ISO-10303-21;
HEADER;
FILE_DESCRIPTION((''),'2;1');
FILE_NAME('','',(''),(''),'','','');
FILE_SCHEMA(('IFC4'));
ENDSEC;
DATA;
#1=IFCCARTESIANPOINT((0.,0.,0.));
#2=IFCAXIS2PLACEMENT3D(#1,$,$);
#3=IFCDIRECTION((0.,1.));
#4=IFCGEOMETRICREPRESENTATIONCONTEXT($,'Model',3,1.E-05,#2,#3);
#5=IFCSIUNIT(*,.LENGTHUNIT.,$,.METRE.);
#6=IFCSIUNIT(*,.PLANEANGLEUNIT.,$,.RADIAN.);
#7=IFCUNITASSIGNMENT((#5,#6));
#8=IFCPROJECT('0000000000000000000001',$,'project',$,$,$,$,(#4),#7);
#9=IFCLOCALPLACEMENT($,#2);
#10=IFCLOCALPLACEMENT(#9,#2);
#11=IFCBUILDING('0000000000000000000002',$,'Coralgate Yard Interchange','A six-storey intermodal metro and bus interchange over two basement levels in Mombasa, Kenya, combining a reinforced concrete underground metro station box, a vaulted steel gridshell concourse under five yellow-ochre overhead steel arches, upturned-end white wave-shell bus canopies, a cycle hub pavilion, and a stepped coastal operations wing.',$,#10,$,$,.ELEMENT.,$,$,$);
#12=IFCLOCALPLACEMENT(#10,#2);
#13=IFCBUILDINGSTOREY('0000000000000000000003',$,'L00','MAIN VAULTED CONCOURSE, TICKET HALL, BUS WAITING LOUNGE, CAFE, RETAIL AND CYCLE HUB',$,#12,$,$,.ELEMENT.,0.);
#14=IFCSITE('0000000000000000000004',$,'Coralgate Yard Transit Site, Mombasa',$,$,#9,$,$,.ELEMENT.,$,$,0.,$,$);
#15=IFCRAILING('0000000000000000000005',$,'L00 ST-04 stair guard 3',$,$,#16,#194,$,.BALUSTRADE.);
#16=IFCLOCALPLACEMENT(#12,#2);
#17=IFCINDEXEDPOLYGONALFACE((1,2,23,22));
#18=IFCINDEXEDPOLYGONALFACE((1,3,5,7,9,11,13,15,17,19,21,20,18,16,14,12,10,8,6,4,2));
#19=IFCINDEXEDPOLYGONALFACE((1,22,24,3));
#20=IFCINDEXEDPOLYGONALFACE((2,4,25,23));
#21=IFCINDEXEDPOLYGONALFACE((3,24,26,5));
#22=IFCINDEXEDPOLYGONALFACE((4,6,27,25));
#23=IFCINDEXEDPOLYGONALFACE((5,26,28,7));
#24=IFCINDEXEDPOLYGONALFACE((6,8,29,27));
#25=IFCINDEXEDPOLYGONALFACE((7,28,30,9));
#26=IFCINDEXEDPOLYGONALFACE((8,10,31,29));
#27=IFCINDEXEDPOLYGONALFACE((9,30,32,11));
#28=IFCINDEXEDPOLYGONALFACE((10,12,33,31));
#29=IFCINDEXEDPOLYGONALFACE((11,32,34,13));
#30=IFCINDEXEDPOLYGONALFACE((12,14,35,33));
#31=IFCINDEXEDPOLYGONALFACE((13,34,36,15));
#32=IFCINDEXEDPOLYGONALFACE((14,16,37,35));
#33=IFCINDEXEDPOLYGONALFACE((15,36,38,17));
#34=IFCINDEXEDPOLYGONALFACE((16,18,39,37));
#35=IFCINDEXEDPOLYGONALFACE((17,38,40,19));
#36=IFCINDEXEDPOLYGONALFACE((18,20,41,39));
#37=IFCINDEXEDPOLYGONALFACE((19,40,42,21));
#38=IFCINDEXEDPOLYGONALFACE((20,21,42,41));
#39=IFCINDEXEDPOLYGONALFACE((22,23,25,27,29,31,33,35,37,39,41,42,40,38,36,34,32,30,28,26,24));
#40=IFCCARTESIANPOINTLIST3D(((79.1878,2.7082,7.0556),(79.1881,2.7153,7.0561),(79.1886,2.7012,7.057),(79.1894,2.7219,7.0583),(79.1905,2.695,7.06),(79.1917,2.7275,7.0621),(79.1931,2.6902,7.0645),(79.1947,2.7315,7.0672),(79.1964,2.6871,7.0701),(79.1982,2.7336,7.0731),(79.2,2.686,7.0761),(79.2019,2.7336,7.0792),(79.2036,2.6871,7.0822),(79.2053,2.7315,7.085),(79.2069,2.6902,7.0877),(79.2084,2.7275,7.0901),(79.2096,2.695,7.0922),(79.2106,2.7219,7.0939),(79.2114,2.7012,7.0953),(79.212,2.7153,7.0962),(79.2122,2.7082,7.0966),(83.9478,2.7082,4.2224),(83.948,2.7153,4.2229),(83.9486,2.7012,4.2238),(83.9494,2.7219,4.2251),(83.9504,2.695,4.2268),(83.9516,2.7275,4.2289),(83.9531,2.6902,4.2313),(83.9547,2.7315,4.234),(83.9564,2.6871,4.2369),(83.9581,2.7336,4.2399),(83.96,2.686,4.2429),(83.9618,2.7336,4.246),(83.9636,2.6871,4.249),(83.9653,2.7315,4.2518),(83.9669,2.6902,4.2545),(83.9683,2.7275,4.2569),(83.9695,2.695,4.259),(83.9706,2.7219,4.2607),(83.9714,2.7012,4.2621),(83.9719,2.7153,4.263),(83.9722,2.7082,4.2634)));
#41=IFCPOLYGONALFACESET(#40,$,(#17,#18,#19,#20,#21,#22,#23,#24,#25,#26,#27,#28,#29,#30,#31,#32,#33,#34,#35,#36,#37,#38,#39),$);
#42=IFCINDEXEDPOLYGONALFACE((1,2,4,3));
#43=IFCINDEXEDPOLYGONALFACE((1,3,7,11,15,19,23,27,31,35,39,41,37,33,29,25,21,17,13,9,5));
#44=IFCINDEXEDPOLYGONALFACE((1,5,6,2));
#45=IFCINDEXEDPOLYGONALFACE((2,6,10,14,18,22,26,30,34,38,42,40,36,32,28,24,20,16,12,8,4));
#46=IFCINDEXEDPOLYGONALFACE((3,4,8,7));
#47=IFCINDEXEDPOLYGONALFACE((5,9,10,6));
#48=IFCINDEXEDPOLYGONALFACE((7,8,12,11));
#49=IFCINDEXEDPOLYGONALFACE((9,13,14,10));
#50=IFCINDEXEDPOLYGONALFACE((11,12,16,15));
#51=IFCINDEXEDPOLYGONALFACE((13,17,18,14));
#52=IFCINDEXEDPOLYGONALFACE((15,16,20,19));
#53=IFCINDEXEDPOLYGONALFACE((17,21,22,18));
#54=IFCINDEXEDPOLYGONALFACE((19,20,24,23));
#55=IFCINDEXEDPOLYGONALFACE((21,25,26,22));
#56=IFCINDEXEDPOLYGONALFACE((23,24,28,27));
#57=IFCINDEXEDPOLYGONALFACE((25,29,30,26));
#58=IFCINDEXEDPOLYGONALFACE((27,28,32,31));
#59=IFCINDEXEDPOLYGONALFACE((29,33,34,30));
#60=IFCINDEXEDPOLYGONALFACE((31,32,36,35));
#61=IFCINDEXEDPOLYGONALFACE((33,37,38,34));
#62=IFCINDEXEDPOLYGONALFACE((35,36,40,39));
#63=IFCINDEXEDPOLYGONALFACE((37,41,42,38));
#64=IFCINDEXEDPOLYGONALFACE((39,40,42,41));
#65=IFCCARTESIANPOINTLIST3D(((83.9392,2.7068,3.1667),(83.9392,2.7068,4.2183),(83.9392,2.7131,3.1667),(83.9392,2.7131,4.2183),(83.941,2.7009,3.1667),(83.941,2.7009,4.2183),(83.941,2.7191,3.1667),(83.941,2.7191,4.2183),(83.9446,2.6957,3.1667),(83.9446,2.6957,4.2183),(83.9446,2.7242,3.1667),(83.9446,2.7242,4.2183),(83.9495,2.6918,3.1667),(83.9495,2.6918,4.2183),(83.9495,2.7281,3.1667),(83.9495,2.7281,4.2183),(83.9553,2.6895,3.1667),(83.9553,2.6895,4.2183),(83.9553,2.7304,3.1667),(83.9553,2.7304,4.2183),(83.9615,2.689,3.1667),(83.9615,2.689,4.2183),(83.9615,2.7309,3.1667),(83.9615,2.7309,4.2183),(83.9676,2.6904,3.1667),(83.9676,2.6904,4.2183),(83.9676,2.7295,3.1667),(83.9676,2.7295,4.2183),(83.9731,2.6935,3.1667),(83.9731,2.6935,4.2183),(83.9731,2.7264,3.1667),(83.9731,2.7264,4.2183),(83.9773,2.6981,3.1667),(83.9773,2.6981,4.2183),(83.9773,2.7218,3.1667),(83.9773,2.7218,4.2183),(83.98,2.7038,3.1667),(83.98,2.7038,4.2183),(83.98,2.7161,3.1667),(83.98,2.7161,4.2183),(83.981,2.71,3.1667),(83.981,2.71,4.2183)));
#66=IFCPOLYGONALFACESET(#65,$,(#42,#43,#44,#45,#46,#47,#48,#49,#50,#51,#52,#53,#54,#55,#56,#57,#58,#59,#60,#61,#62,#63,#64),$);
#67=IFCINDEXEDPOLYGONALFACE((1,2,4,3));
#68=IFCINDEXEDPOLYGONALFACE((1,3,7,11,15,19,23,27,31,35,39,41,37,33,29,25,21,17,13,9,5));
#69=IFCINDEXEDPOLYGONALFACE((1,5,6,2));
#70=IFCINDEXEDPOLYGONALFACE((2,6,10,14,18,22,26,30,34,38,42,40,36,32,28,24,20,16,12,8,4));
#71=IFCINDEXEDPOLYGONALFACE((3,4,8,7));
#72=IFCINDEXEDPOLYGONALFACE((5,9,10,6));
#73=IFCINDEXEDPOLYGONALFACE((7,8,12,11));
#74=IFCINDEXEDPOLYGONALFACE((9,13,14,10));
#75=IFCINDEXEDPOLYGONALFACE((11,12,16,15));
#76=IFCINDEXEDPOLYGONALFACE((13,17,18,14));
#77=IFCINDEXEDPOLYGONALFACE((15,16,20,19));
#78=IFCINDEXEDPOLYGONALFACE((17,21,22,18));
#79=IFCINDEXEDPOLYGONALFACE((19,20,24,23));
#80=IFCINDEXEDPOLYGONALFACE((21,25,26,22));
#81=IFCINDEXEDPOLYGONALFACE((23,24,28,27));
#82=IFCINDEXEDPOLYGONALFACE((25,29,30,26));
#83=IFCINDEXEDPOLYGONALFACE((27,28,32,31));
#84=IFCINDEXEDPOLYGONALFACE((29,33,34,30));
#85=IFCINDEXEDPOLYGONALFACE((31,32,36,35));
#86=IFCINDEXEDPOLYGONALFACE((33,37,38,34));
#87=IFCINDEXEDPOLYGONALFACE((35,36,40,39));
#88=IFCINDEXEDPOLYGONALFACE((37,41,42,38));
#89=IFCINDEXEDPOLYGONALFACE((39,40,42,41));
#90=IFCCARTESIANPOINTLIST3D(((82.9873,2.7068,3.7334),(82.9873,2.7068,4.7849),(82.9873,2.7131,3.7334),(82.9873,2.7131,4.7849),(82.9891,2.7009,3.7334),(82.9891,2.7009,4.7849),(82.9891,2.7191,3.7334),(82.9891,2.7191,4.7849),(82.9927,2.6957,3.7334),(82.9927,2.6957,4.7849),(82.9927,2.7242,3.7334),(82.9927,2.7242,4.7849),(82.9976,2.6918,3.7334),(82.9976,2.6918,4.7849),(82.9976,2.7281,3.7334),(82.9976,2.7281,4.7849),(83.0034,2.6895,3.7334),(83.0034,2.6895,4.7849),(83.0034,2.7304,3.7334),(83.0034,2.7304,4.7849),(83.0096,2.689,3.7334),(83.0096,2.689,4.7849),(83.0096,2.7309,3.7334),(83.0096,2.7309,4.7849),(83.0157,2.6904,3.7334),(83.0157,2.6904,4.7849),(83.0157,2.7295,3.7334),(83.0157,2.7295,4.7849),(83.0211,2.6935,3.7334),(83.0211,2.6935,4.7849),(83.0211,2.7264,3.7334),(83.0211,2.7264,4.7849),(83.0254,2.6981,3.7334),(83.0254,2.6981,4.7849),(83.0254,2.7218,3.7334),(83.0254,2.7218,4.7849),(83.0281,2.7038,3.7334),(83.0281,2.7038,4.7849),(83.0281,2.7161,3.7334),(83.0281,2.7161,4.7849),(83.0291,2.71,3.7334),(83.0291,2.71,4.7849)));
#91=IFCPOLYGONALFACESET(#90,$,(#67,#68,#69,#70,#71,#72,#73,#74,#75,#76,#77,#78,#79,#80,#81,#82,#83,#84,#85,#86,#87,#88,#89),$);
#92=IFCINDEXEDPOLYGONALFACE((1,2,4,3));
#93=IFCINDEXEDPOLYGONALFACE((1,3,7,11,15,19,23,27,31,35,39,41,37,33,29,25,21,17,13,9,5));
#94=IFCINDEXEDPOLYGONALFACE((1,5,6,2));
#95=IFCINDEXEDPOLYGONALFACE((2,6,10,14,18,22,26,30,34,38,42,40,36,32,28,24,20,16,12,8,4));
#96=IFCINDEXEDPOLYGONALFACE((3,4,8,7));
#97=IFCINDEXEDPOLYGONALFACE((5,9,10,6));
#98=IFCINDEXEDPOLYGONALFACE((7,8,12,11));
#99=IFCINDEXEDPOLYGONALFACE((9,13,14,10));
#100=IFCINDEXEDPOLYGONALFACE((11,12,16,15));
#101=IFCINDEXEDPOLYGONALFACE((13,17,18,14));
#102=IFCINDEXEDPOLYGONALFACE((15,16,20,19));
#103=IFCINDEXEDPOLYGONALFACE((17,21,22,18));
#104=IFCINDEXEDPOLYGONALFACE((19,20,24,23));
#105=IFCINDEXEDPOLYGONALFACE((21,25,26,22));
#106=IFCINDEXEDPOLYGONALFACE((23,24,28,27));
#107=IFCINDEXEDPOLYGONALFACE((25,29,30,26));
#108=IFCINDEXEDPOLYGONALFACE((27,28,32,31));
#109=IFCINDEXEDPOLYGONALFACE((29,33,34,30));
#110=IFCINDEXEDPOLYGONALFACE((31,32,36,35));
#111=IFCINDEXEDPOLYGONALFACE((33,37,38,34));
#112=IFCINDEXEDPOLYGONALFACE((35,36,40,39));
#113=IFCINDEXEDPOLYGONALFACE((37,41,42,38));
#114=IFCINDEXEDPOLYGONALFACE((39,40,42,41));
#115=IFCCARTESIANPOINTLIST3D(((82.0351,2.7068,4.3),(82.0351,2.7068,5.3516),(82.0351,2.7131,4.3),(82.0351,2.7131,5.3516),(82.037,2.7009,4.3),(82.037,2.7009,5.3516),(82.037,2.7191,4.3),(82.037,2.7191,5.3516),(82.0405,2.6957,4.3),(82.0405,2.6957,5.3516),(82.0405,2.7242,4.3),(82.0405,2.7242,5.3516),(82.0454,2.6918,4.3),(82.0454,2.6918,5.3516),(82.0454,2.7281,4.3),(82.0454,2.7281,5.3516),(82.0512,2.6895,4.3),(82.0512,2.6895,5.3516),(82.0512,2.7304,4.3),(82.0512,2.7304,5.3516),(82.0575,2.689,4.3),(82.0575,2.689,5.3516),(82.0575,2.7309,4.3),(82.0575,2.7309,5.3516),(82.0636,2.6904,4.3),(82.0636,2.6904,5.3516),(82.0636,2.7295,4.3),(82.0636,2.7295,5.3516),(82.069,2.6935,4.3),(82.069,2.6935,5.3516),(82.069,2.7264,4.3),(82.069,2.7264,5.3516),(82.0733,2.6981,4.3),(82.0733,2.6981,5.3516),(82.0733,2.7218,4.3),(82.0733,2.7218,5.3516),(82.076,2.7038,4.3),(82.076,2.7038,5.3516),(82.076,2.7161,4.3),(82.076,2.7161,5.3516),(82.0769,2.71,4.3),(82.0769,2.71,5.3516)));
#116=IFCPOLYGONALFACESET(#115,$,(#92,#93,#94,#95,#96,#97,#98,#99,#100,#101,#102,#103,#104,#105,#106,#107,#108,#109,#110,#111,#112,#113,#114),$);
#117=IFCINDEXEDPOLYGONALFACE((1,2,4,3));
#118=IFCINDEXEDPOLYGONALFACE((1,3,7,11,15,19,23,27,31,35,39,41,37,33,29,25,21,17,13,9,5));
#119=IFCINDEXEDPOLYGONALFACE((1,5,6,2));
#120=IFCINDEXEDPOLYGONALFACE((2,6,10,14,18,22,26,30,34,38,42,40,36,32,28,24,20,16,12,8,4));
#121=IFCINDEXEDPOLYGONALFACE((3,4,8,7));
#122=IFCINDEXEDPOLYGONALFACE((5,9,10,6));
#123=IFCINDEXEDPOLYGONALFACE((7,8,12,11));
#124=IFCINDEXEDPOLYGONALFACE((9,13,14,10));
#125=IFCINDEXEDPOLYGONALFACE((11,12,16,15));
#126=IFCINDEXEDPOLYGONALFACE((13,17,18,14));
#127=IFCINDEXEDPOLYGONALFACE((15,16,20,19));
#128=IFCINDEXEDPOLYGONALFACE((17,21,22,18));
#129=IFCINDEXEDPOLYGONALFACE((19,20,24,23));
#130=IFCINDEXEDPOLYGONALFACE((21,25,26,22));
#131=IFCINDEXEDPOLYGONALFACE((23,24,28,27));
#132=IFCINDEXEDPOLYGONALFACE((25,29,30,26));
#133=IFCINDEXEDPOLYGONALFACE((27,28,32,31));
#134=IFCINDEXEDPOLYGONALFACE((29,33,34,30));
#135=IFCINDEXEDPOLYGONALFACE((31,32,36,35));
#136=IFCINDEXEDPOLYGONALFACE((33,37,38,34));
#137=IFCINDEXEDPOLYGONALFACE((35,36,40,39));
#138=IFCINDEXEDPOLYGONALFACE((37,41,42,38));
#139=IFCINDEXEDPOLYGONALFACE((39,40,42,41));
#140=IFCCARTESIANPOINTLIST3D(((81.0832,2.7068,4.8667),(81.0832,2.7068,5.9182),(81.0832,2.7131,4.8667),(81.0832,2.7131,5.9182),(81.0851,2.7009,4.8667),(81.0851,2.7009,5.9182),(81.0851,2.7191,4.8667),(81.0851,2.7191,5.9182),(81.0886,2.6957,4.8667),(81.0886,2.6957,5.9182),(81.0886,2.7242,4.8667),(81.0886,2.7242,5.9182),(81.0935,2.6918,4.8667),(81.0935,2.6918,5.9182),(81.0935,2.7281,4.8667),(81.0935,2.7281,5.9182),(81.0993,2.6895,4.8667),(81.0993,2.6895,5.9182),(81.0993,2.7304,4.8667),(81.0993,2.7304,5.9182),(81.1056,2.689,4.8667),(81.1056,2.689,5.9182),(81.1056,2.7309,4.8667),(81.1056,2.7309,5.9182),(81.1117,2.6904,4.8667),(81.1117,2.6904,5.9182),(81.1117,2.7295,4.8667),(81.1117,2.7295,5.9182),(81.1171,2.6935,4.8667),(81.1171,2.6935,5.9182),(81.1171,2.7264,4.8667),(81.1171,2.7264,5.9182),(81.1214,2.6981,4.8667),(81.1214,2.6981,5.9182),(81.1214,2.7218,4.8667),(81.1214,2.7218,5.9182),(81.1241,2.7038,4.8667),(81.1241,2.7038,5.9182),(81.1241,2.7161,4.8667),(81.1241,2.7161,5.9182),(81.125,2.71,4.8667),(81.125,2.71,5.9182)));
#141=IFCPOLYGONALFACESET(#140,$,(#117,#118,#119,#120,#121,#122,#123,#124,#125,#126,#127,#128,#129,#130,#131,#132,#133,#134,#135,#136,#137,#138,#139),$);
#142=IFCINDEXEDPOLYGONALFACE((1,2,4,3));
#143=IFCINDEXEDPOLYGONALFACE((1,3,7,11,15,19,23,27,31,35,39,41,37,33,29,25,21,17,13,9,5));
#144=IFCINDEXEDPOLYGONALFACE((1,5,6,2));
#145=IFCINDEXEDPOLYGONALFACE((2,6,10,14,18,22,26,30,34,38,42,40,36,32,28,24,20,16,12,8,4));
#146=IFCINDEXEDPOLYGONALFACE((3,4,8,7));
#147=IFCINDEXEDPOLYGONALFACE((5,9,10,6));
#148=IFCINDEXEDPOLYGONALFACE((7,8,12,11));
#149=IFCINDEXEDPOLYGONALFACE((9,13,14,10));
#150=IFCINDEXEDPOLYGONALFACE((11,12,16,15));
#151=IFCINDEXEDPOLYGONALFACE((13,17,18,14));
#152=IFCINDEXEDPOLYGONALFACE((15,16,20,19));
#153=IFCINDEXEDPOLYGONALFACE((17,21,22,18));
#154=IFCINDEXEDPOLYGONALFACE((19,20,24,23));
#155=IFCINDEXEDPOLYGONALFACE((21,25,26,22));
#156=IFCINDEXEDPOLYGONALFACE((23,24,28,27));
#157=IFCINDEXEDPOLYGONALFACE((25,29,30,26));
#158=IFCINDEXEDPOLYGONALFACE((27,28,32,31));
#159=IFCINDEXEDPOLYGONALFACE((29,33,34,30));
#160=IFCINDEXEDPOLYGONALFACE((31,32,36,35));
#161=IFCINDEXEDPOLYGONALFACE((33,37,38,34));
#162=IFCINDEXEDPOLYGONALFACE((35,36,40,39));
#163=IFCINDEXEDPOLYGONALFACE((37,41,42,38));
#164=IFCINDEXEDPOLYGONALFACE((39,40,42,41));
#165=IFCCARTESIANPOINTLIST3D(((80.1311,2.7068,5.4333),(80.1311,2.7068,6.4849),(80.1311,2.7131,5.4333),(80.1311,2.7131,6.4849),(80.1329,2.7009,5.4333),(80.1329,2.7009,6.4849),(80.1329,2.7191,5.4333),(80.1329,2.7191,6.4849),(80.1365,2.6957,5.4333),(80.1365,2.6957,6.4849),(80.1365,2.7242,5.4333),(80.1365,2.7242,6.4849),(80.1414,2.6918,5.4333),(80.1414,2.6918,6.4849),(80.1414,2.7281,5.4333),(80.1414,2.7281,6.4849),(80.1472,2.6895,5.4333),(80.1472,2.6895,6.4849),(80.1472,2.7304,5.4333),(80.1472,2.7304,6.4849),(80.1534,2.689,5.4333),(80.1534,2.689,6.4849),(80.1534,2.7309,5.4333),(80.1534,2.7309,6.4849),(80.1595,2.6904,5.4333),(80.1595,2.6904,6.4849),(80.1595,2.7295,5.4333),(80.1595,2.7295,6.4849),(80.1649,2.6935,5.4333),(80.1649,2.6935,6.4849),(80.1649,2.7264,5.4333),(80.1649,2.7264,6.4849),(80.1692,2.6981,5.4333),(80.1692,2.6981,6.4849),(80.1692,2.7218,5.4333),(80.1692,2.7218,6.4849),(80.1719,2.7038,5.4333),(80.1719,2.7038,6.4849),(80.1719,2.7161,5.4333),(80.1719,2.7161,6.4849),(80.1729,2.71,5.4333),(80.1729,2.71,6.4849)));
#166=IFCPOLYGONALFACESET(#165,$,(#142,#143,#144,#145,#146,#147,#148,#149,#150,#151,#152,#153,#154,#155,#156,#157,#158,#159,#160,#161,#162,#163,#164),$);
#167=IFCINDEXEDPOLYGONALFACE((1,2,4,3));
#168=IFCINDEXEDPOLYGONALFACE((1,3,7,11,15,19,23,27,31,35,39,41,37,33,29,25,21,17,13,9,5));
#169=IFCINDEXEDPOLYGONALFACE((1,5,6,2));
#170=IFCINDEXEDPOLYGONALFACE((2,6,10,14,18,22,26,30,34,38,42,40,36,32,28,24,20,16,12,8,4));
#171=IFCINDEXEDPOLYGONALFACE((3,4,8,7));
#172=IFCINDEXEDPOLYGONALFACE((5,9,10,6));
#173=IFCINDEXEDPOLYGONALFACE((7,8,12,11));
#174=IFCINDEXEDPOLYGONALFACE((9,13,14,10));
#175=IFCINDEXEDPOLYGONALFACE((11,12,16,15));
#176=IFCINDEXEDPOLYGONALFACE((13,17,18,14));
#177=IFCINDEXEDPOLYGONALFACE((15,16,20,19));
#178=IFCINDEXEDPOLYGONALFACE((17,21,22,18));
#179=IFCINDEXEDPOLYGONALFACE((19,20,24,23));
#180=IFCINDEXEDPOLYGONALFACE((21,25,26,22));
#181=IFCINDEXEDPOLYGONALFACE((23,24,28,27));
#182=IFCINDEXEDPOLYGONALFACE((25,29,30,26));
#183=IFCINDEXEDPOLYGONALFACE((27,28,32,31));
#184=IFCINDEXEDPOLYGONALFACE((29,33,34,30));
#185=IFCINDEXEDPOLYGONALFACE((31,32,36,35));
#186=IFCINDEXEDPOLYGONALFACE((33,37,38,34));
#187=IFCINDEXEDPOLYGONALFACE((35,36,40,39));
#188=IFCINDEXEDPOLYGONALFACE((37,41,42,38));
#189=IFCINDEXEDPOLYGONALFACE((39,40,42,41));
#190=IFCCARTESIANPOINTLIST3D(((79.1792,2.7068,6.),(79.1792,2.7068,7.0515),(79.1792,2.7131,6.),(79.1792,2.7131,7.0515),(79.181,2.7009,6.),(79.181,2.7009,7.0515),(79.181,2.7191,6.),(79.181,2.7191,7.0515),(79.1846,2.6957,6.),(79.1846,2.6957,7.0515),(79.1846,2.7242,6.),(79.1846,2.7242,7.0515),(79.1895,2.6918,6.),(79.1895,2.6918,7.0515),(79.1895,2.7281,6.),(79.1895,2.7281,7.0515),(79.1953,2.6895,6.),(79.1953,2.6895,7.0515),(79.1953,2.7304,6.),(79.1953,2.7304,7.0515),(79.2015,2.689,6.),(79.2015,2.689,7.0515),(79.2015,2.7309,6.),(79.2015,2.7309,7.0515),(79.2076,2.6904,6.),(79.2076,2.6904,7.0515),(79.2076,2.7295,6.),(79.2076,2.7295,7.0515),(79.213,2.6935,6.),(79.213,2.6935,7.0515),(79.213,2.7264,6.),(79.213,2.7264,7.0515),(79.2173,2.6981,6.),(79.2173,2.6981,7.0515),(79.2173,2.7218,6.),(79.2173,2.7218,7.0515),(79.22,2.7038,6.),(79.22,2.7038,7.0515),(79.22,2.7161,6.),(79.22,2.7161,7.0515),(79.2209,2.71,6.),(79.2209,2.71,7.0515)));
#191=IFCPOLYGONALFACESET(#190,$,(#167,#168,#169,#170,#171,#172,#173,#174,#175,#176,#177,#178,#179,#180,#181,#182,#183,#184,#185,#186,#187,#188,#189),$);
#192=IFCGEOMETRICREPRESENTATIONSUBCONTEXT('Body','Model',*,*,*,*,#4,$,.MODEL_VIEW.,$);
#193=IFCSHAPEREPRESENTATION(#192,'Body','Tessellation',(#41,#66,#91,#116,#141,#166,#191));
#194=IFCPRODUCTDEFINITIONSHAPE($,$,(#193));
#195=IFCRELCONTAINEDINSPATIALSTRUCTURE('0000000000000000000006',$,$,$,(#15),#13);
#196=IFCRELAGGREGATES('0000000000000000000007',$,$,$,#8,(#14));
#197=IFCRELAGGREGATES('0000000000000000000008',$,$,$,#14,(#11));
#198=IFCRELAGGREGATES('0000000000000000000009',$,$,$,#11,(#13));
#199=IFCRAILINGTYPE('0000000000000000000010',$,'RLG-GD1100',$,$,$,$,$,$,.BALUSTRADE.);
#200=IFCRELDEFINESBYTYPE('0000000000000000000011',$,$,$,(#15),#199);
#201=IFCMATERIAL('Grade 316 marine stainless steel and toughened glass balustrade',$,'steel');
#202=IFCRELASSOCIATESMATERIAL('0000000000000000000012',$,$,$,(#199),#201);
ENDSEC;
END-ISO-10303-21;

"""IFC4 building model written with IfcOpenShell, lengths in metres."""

from ifc_helpers import new_model, si_unit, direction, frame, origin, origin_2d, place, context, subcontext, project, spatial, circle, extrude, material, type_object, element, save


model = new_model("IFC4")

# Units and contexts
model_context = context("Model", 3, precision=1e-05, world=origin(), true_north=direction((0.0, 1.0)))
body_context = subcontext(model_context, "Body", "Model", "MODEL_VIEW")
ifc_project = project(units=[si_unit("LENGTHUNIT", "METRE"), si_unit("PLANEANGLEUNIT", "RADIAN")], contexts=[model_context])

# Site, building, storey
site_placement = place(None, origin())
site = spatial("IfcSite", under=ifc_project, at=site_placement, Name="Coralgate Yard Transit Site, Mombasa", CompositionType="ELEMENT", RefElevation=0.0)
building_placement = place(site_placement, origin())
building = spatial("IfcBuilding", under=site, at=building_placement, Name="Coralgate Yard Interchange", Description="A six-storey intermodal metro and bus interchange over two basement levels in Mombasa, Kenya, combining a reinforced concrete underground metro station box, a vaulted steel gridshell concourse under five yellow-ochre overhead steel arches, upturned-end white wave-shell bus canopies, a cycle hub pavilion, and a stepped coastal operations wing.", CompositionType="ELEMENT")
storey_placement = place(building_placement, origin())
storey = spatial("IfcBuildingStorey", under=building, at=storey_placement, Name="L00", Description="MAIN VAULTED CONCOURSE, TICKET HALL, BUS WAITING LOUNGE, CAFE, RETAIL AND CYCLE HUB", CompositionType="ELEMENT", Elevation=0.0)

# Railing
ifc_material_1 = material(Name="Grade 316 marine stainless steel and toughened glass balustrade", Category="steel")
railing_type_1 = type_object("IfcRailingType", Name="RLG-GD1100", PredefinedType="BALUSTRADE", material=ifc_material_1)
railing_1_placement = place(storey_placement, frame((83.96, 2.71, 3.1667)))
element("IfcRailing", 1, at=railing_1_placement, inside=storey, type_object=railing_type_1, Name="L00 ST-04 stair guard 3", PredefinedType="BALUSTRADE", context=body_context, shape_type="SweptSolid", body=[
    extrude(circle(Radius=0.0239, at=origin_2d()), frame((0.0, 0.0, 1.0762), z_axis=(-0.8593, 0.0, 0.511472), x_axis=(0.0, -1.0, 0.0)), (0.0, 0.0, 1.0), 5.5393),
    extrude(circle(Radius=0.021, at=origin_2d()), origin(), (0.0, 0.0, 1.0), 1.0515),
    extrude(circle(Radius=0.021, at=origin_2d()), frame((-0.9519, 0.0, 0.5667)), (0.0, 0.0, 1.0), 1.0515),
    extrude(circle(Radius=0.021, at=origin_2d()), frame((-1.9041, 0.0, 1.1333)), (0.0, 0.0, 1.0), 1.0515),
    extrude(circle(Radius=0.021, at=origin_2d()), frame((-2.856, 0.0, 1.7)), (0.0, 0.0, 1.0), 1.0515),
    extrude(circle(Radius=0.021, at=origin_2d()), frame((-3.8081, 0.0, 2.2666)), (0.0, 0.0, 1.0), 1.0515),
    extrude(circle(Radius=0.021, at=origin_2d()), frame((-4.76, 0.0, 2.8333)), (0.0, 0.0, 1.0), 1.0515),
])

save(model, "model.ifc")
